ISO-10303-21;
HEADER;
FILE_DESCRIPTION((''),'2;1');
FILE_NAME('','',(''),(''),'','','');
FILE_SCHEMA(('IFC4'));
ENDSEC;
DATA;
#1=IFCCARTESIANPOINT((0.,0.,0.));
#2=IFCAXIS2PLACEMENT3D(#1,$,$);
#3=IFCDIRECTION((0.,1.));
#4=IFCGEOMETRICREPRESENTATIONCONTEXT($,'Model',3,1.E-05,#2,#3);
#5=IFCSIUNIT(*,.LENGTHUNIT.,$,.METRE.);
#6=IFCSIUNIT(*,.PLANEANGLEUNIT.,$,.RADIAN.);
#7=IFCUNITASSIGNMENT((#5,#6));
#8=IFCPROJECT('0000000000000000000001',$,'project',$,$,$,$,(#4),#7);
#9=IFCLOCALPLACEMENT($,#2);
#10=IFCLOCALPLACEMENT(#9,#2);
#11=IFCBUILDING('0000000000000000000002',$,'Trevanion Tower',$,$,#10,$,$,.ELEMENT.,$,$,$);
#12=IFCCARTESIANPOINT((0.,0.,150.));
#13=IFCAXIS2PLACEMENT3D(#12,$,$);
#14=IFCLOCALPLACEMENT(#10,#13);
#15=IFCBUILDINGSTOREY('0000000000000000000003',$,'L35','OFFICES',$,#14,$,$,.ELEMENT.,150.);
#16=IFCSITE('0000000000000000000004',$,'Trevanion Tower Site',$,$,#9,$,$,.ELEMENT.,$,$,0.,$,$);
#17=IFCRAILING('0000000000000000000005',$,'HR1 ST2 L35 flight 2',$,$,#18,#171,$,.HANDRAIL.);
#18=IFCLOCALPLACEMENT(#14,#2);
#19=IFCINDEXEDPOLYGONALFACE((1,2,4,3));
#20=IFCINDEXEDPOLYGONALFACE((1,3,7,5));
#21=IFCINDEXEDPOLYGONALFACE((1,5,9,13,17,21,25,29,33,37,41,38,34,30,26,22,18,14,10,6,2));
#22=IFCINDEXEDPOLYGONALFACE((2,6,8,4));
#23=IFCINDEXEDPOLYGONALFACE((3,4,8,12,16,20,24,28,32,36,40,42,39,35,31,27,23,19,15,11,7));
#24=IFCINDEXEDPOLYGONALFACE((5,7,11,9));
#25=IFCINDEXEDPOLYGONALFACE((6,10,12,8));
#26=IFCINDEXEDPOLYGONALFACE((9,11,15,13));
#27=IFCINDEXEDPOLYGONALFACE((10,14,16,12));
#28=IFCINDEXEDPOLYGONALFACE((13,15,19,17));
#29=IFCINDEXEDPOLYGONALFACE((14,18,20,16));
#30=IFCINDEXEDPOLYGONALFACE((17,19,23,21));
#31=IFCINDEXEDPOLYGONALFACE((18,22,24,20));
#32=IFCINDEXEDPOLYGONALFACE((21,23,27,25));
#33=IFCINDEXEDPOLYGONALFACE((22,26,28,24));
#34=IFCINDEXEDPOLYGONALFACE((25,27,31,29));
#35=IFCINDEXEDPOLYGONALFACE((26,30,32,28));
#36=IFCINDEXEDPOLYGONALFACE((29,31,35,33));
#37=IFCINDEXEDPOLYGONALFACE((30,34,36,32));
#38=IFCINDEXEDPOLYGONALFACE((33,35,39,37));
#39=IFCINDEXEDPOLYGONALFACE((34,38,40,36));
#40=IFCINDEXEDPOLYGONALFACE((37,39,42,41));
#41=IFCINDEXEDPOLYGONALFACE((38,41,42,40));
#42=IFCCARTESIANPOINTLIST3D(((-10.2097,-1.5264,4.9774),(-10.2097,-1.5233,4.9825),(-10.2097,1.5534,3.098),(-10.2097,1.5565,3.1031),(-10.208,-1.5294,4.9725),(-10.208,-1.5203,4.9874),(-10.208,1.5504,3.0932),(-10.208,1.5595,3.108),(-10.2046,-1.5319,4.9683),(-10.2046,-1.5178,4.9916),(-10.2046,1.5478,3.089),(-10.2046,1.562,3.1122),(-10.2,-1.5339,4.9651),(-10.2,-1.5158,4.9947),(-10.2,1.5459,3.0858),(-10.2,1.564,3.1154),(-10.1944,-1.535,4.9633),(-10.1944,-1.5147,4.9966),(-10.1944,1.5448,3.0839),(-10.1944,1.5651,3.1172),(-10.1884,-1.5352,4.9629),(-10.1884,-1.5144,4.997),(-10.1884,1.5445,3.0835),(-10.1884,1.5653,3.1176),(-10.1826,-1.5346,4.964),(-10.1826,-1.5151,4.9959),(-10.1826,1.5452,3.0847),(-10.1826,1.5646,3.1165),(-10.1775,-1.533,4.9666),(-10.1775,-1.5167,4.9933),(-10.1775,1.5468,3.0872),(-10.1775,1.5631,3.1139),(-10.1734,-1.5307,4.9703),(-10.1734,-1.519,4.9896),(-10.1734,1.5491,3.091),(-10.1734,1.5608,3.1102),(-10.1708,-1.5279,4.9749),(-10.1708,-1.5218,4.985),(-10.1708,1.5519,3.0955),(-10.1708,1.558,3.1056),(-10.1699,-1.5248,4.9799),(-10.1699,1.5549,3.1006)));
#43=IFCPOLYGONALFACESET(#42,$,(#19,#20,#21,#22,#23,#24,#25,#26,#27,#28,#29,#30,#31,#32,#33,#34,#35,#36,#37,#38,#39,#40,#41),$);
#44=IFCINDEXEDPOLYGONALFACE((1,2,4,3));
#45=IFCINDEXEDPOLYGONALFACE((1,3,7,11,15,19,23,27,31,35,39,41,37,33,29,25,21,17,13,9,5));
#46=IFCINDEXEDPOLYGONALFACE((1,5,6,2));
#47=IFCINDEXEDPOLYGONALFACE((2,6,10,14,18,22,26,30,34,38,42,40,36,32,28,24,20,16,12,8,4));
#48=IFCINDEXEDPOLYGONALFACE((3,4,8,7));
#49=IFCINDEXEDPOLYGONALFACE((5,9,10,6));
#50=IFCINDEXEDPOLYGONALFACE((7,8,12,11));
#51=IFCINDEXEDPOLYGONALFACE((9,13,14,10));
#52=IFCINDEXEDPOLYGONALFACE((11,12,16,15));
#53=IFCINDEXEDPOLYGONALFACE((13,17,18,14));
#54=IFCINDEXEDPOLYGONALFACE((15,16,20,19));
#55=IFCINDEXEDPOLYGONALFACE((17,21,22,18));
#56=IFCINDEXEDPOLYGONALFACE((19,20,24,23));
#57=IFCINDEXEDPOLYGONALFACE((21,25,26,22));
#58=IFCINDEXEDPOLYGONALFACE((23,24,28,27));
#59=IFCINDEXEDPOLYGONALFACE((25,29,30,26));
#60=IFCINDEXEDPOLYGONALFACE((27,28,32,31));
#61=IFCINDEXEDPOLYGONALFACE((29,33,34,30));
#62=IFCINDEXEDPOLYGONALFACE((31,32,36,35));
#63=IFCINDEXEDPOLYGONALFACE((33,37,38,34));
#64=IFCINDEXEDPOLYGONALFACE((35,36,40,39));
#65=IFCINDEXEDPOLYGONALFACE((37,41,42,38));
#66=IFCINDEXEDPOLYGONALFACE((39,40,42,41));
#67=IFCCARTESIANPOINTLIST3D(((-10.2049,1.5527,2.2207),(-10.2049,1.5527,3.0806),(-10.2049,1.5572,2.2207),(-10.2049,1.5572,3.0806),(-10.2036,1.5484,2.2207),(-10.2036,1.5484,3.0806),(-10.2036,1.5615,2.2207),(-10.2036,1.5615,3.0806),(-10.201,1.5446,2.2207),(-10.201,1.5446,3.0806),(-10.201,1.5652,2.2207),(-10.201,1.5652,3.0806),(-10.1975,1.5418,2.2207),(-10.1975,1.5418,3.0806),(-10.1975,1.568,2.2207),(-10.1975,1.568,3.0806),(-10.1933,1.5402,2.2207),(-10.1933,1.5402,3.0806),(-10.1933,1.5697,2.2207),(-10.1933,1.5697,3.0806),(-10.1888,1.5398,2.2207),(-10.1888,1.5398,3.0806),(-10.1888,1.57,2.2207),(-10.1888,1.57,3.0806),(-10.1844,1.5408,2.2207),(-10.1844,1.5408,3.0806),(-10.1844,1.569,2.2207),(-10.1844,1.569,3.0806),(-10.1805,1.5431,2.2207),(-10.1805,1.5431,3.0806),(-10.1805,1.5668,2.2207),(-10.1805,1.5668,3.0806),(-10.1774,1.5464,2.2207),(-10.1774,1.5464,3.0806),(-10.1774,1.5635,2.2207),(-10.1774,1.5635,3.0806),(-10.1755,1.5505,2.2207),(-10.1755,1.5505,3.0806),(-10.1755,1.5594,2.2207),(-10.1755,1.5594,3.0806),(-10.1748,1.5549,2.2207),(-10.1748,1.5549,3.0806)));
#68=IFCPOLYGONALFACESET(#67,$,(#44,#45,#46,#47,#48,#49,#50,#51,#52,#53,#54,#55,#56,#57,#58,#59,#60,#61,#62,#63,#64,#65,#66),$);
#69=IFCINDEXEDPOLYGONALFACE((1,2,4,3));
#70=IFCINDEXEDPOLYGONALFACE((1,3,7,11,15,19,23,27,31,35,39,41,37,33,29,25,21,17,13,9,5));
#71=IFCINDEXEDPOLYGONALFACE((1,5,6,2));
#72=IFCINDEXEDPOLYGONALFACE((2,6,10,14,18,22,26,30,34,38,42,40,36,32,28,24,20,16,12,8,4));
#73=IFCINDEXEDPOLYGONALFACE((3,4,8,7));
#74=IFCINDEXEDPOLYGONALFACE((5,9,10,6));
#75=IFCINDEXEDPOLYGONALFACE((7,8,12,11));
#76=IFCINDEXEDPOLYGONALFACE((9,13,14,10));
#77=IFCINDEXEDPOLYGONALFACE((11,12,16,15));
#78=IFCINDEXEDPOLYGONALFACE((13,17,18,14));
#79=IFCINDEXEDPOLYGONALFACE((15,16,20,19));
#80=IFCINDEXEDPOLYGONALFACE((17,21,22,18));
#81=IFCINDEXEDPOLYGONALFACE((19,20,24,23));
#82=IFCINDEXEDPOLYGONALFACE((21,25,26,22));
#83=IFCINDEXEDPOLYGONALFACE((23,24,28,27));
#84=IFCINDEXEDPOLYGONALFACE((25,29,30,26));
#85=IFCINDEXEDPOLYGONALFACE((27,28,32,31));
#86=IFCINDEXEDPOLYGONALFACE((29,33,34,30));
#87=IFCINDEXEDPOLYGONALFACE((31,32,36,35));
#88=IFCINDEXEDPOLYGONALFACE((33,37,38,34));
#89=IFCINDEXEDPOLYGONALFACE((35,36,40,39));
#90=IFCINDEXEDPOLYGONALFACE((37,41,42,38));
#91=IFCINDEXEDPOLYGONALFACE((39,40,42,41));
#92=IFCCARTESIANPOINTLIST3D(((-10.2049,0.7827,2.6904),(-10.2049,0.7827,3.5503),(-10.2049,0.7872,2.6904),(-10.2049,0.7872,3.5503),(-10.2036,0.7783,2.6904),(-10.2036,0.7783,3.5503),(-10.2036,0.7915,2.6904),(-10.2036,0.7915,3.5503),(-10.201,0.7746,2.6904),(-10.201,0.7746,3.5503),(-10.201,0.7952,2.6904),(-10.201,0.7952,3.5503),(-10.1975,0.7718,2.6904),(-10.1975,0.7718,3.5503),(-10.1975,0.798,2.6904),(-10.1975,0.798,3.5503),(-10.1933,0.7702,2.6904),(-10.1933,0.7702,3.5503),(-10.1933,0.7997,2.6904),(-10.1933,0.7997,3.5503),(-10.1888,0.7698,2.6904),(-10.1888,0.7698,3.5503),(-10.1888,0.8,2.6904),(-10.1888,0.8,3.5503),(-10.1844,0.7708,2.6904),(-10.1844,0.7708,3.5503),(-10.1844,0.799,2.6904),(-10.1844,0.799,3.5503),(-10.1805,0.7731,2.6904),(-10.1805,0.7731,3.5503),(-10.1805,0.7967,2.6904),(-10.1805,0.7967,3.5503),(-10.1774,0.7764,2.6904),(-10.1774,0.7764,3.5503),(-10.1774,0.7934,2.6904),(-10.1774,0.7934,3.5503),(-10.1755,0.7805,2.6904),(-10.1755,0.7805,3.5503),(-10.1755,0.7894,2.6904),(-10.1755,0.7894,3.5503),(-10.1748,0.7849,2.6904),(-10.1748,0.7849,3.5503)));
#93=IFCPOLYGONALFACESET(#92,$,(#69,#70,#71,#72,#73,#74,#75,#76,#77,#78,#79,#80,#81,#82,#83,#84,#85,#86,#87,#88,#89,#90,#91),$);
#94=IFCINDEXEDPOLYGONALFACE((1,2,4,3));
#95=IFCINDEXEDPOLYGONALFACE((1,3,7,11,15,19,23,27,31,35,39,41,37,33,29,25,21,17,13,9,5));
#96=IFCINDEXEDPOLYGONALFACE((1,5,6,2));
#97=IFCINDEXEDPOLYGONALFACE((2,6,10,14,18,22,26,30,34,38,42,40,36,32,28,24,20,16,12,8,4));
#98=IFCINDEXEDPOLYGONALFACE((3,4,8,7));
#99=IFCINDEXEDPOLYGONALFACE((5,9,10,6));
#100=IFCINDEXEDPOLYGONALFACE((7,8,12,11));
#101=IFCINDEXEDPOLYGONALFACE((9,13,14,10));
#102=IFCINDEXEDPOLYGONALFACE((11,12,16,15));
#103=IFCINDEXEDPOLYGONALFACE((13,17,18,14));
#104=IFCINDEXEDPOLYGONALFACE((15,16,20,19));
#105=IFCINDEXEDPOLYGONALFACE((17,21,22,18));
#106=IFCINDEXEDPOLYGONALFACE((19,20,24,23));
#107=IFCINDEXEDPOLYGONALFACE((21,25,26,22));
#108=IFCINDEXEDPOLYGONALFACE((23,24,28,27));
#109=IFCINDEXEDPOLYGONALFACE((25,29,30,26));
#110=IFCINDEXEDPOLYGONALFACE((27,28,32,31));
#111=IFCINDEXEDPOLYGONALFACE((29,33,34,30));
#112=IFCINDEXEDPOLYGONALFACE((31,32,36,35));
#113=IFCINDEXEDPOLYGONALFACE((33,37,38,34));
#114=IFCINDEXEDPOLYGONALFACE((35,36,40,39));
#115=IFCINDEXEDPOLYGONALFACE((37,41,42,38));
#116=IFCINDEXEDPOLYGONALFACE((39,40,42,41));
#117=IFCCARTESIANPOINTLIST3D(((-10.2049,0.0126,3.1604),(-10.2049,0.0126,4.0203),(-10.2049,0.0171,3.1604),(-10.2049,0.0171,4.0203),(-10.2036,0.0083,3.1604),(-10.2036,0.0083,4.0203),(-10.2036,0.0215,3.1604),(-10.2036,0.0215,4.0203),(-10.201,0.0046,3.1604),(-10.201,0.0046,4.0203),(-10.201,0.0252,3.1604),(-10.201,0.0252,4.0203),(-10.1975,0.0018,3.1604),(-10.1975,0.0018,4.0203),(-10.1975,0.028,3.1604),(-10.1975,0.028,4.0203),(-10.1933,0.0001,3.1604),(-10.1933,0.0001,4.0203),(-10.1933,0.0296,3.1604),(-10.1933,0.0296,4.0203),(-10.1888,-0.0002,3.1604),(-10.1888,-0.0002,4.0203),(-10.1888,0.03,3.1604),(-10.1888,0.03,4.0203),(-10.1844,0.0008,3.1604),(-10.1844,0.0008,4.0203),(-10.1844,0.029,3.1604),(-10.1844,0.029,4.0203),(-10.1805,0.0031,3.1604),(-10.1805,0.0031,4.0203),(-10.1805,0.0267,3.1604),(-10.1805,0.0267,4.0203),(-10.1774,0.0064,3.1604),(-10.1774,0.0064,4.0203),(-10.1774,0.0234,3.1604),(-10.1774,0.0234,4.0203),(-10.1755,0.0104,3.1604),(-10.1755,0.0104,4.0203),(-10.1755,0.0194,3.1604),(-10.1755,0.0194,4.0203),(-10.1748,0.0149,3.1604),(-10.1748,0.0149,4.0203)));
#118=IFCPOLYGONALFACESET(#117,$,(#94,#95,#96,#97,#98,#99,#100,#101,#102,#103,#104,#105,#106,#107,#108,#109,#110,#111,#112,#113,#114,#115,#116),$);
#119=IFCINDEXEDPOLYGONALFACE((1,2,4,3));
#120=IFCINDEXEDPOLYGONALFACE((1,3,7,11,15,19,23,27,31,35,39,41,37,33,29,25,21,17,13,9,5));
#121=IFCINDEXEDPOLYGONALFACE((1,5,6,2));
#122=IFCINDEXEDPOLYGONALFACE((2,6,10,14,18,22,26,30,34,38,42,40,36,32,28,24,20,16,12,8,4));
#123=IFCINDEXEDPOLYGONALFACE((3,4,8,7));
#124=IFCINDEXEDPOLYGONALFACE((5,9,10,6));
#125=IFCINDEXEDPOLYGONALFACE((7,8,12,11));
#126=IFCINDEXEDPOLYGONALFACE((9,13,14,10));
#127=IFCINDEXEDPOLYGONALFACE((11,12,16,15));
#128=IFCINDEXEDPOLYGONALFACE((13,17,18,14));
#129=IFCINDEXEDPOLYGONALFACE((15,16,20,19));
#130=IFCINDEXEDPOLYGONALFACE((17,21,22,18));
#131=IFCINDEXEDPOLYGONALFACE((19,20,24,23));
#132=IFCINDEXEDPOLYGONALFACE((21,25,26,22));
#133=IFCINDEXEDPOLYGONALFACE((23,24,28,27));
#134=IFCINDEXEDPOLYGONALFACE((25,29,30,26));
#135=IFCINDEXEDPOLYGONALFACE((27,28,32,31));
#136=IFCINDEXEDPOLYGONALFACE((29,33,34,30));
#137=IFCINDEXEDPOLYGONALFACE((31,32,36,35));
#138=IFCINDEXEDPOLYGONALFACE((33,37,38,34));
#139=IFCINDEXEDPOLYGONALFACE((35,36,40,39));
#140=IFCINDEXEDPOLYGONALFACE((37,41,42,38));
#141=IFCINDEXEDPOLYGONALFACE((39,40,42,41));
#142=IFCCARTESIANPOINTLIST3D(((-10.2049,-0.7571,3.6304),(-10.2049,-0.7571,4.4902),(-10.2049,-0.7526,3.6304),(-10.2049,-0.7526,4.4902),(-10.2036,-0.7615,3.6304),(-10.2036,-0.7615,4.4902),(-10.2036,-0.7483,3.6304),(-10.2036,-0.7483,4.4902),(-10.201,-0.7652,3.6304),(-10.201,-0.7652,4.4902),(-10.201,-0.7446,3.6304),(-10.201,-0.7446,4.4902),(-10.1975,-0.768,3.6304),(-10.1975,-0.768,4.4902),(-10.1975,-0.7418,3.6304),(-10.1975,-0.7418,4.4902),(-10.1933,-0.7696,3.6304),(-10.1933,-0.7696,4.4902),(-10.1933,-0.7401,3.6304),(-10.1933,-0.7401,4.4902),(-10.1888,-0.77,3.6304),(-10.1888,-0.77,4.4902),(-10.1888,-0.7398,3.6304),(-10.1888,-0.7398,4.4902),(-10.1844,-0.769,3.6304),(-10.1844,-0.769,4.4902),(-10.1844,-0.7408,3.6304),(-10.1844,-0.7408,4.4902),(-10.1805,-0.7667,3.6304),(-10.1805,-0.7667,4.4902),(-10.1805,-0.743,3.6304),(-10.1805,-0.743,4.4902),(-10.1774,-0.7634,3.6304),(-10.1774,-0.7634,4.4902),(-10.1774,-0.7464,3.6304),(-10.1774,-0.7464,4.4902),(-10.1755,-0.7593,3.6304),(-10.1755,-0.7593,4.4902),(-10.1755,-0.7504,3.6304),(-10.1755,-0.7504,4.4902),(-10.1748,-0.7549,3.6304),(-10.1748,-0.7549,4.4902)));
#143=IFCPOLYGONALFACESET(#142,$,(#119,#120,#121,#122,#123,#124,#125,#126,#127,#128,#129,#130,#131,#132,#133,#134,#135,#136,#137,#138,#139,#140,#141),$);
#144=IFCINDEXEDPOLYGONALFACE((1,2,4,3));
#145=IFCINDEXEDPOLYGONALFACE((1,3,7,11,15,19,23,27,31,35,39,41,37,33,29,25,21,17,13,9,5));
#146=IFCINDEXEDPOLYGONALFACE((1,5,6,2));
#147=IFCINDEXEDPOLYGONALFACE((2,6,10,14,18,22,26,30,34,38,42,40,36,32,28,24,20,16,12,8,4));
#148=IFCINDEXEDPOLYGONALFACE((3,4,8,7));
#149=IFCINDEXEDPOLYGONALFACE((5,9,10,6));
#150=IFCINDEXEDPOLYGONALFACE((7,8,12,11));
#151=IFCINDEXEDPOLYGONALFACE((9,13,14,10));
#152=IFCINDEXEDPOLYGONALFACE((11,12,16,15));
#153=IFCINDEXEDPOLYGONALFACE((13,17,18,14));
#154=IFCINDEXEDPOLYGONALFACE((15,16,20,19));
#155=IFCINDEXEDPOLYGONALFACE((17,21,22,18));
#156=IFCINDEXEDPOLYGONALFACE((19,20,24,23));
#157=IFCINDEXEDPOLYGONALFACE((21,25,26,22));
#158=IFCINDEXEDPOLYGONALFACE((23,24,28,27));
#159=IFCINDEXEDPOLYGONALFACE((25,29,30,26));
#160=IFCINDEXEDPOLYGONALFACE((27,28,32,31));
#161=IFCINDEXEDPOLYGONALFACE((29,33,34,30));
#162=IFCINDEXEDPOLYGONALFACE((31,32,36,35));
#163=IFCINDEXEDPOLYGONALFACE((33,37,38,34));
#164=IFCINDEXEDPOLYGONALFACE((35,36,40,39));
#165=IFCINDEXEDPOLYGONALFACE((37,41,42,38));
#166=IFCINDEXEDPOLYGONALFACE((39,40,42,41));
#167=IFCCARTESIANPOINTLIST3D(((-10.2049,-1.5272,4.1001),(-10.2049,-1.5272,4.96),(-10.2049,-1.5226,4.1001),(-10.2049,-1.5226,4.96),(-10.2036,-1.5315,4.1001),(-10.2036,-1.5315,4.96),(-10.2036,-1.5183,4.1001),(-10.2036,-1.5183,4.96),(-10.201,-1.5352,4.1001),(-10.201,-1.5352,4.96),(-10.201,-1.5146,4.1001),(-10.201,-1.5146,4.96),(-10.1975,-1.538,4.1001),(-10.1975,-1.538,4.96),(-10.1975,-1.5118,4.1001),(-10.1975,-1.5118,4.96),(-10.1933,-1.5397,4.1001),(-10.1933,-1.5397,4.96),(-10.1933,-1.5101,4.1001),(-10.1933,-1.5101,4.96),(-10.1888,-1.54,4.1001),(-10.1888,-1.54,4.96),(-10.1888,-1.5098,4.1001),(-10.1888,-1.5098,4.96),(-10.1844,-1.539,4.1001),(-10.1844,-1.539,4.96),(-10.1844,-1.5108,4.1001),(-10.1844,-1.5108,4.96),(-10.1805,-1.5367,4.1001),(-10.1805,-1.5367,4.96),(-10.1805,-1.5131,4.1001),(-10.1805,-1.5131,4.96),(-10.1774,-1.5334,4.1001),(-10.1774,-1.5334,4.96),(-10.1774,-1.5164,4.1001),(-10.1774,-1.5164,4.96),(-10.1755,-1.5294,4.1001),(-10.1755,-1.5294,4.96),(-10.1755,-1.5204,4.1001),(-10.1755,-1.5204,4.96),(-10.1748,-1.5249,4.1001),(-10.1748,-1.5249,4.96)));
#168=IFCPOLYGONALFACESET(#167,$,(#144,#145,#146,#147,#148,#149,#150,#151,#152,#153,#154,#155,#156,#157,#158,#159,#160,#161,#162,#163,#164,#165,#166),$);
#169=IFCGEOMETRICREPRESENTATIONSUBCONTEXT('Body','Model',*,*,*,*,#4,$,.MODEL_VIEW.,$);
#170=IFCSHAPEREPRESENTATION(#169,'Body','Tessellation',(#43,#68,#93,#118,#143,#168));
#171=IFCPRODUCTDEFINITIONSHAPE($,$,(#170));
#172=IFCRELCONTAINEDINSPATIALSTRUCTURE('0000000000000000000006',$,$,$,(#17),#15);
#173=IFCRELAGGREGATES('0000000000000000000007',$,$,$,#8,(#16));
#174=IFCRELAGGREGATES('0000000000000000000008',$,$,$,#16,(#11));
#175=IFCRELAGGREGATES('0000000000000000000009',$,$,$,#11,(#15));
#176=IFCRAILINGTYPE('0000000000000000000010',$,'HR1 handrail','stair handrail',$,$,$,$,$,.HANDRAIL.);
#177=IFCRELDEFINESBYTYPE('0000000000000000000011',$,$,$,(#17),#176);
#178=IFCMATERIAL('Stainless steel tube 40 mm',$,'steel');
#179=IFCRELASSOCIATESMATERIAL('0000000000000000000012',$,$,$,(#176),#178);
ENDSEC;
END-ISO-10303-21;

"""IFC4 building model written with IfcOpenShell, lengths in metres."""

from ifc_helpers import new_model, si_unit, direction, frame, origin, origin_2d, place, context, subcontext, project, spatial, circle, extrude, material, type_object, element, save


model = new_model("IFC4")

# Units and contexts
model_context = context("Model", 3, precision=1e-05, world=origin(), true_north=direction((0.0, 1.0)))
body_context = subcontext(model_context, "Body", "Model", "MODEL_VIEW")
ifc_project = project(units=[si_unit("LENGTHUNIT", "METRE"), si_unit("PLANEANGLEUNIT", "RADIAN")], contexts=[model_context])

# Site, building, storey
site_placement = place(None, origin())
site = spatial("IfcSite", under=ifc_project, at=site_placement, Name="Trevanion Tower Site", CompositionType="ELEMENT", RefElevation=0.0)
building_placement = place(site_placement, origin())
building = spatial("IfcBuilding", under=site, at=building_placement, Name="Trevanion Tower", CompositionType="ELEMENT")
storey_placement = place(building_placement, frame((0.0, 0.0, 150.0)))
storey = spatial("IfcBuildingStorey", under=building, at=storey_placement, Name="L35", Description="OFFICES", CompositionType="ELEMENT", Elevation=150.0)

# Railing
ifc_material_1 = material(Name="Stainless steel tube 40 mm", Category="steel")
railing_type = type_object("IfcRailingType", Name="HR1 handrail", Description="stair handrail", PredefinedType="HANDRAIL", material=ifc_material_1)
for number, where, name in (
    (1, (-10.1899, 1.5549, 2.2207), "HR1 ST2 L35 flight 2"),
):
    element("IfcRailing", number, at=place(storey_placement, frame(where)), inside=storey, type_object=railing_type, Name=name, PredefinedType="HANDRAIL", context=body_context, shape_type="SweptSolid", body=[
        extrude(circle(Radius=0.02, at=origin_2d()), frame((0.0, 0.0, 0.8799), z_axis=(0.0, -0.853618, 0.5209), x_axis=(1.0, 0.0, 0.0)), (0.0, 0.0, 1.0), 3.6079),
        extrude(circle(Radius=0.0151, at=origin_2d()), origin(), (0.0, 0.0, 1.0), 0.8599),
        extrude(circle(Radius=0.0151, at=origin_2d()), frame((0.0, -0.77, 0.4697)), (0.0, 0.0, 1.0), 0.8599),
        extrude(circle(Radius=0.0151, at=origin_2d()), frame((0.0, -1.54, 0.9397)), (0.0, 0.0, 1.0), 0.8599),
        extrude(circle(Radius=0.0151, at=origin_2d()), frame((0.0, -2.3098, 1.4097)), (0.0, 0.0, 1.0), 0.8599),
        extrude(circle(Radius=0.0151, at=origin_2d()), frame((0.0, -3.0798, 1.8794)), (0.0, 0.0, 1.0), 0.8599),
    ])

save(model, "model.ifc")
